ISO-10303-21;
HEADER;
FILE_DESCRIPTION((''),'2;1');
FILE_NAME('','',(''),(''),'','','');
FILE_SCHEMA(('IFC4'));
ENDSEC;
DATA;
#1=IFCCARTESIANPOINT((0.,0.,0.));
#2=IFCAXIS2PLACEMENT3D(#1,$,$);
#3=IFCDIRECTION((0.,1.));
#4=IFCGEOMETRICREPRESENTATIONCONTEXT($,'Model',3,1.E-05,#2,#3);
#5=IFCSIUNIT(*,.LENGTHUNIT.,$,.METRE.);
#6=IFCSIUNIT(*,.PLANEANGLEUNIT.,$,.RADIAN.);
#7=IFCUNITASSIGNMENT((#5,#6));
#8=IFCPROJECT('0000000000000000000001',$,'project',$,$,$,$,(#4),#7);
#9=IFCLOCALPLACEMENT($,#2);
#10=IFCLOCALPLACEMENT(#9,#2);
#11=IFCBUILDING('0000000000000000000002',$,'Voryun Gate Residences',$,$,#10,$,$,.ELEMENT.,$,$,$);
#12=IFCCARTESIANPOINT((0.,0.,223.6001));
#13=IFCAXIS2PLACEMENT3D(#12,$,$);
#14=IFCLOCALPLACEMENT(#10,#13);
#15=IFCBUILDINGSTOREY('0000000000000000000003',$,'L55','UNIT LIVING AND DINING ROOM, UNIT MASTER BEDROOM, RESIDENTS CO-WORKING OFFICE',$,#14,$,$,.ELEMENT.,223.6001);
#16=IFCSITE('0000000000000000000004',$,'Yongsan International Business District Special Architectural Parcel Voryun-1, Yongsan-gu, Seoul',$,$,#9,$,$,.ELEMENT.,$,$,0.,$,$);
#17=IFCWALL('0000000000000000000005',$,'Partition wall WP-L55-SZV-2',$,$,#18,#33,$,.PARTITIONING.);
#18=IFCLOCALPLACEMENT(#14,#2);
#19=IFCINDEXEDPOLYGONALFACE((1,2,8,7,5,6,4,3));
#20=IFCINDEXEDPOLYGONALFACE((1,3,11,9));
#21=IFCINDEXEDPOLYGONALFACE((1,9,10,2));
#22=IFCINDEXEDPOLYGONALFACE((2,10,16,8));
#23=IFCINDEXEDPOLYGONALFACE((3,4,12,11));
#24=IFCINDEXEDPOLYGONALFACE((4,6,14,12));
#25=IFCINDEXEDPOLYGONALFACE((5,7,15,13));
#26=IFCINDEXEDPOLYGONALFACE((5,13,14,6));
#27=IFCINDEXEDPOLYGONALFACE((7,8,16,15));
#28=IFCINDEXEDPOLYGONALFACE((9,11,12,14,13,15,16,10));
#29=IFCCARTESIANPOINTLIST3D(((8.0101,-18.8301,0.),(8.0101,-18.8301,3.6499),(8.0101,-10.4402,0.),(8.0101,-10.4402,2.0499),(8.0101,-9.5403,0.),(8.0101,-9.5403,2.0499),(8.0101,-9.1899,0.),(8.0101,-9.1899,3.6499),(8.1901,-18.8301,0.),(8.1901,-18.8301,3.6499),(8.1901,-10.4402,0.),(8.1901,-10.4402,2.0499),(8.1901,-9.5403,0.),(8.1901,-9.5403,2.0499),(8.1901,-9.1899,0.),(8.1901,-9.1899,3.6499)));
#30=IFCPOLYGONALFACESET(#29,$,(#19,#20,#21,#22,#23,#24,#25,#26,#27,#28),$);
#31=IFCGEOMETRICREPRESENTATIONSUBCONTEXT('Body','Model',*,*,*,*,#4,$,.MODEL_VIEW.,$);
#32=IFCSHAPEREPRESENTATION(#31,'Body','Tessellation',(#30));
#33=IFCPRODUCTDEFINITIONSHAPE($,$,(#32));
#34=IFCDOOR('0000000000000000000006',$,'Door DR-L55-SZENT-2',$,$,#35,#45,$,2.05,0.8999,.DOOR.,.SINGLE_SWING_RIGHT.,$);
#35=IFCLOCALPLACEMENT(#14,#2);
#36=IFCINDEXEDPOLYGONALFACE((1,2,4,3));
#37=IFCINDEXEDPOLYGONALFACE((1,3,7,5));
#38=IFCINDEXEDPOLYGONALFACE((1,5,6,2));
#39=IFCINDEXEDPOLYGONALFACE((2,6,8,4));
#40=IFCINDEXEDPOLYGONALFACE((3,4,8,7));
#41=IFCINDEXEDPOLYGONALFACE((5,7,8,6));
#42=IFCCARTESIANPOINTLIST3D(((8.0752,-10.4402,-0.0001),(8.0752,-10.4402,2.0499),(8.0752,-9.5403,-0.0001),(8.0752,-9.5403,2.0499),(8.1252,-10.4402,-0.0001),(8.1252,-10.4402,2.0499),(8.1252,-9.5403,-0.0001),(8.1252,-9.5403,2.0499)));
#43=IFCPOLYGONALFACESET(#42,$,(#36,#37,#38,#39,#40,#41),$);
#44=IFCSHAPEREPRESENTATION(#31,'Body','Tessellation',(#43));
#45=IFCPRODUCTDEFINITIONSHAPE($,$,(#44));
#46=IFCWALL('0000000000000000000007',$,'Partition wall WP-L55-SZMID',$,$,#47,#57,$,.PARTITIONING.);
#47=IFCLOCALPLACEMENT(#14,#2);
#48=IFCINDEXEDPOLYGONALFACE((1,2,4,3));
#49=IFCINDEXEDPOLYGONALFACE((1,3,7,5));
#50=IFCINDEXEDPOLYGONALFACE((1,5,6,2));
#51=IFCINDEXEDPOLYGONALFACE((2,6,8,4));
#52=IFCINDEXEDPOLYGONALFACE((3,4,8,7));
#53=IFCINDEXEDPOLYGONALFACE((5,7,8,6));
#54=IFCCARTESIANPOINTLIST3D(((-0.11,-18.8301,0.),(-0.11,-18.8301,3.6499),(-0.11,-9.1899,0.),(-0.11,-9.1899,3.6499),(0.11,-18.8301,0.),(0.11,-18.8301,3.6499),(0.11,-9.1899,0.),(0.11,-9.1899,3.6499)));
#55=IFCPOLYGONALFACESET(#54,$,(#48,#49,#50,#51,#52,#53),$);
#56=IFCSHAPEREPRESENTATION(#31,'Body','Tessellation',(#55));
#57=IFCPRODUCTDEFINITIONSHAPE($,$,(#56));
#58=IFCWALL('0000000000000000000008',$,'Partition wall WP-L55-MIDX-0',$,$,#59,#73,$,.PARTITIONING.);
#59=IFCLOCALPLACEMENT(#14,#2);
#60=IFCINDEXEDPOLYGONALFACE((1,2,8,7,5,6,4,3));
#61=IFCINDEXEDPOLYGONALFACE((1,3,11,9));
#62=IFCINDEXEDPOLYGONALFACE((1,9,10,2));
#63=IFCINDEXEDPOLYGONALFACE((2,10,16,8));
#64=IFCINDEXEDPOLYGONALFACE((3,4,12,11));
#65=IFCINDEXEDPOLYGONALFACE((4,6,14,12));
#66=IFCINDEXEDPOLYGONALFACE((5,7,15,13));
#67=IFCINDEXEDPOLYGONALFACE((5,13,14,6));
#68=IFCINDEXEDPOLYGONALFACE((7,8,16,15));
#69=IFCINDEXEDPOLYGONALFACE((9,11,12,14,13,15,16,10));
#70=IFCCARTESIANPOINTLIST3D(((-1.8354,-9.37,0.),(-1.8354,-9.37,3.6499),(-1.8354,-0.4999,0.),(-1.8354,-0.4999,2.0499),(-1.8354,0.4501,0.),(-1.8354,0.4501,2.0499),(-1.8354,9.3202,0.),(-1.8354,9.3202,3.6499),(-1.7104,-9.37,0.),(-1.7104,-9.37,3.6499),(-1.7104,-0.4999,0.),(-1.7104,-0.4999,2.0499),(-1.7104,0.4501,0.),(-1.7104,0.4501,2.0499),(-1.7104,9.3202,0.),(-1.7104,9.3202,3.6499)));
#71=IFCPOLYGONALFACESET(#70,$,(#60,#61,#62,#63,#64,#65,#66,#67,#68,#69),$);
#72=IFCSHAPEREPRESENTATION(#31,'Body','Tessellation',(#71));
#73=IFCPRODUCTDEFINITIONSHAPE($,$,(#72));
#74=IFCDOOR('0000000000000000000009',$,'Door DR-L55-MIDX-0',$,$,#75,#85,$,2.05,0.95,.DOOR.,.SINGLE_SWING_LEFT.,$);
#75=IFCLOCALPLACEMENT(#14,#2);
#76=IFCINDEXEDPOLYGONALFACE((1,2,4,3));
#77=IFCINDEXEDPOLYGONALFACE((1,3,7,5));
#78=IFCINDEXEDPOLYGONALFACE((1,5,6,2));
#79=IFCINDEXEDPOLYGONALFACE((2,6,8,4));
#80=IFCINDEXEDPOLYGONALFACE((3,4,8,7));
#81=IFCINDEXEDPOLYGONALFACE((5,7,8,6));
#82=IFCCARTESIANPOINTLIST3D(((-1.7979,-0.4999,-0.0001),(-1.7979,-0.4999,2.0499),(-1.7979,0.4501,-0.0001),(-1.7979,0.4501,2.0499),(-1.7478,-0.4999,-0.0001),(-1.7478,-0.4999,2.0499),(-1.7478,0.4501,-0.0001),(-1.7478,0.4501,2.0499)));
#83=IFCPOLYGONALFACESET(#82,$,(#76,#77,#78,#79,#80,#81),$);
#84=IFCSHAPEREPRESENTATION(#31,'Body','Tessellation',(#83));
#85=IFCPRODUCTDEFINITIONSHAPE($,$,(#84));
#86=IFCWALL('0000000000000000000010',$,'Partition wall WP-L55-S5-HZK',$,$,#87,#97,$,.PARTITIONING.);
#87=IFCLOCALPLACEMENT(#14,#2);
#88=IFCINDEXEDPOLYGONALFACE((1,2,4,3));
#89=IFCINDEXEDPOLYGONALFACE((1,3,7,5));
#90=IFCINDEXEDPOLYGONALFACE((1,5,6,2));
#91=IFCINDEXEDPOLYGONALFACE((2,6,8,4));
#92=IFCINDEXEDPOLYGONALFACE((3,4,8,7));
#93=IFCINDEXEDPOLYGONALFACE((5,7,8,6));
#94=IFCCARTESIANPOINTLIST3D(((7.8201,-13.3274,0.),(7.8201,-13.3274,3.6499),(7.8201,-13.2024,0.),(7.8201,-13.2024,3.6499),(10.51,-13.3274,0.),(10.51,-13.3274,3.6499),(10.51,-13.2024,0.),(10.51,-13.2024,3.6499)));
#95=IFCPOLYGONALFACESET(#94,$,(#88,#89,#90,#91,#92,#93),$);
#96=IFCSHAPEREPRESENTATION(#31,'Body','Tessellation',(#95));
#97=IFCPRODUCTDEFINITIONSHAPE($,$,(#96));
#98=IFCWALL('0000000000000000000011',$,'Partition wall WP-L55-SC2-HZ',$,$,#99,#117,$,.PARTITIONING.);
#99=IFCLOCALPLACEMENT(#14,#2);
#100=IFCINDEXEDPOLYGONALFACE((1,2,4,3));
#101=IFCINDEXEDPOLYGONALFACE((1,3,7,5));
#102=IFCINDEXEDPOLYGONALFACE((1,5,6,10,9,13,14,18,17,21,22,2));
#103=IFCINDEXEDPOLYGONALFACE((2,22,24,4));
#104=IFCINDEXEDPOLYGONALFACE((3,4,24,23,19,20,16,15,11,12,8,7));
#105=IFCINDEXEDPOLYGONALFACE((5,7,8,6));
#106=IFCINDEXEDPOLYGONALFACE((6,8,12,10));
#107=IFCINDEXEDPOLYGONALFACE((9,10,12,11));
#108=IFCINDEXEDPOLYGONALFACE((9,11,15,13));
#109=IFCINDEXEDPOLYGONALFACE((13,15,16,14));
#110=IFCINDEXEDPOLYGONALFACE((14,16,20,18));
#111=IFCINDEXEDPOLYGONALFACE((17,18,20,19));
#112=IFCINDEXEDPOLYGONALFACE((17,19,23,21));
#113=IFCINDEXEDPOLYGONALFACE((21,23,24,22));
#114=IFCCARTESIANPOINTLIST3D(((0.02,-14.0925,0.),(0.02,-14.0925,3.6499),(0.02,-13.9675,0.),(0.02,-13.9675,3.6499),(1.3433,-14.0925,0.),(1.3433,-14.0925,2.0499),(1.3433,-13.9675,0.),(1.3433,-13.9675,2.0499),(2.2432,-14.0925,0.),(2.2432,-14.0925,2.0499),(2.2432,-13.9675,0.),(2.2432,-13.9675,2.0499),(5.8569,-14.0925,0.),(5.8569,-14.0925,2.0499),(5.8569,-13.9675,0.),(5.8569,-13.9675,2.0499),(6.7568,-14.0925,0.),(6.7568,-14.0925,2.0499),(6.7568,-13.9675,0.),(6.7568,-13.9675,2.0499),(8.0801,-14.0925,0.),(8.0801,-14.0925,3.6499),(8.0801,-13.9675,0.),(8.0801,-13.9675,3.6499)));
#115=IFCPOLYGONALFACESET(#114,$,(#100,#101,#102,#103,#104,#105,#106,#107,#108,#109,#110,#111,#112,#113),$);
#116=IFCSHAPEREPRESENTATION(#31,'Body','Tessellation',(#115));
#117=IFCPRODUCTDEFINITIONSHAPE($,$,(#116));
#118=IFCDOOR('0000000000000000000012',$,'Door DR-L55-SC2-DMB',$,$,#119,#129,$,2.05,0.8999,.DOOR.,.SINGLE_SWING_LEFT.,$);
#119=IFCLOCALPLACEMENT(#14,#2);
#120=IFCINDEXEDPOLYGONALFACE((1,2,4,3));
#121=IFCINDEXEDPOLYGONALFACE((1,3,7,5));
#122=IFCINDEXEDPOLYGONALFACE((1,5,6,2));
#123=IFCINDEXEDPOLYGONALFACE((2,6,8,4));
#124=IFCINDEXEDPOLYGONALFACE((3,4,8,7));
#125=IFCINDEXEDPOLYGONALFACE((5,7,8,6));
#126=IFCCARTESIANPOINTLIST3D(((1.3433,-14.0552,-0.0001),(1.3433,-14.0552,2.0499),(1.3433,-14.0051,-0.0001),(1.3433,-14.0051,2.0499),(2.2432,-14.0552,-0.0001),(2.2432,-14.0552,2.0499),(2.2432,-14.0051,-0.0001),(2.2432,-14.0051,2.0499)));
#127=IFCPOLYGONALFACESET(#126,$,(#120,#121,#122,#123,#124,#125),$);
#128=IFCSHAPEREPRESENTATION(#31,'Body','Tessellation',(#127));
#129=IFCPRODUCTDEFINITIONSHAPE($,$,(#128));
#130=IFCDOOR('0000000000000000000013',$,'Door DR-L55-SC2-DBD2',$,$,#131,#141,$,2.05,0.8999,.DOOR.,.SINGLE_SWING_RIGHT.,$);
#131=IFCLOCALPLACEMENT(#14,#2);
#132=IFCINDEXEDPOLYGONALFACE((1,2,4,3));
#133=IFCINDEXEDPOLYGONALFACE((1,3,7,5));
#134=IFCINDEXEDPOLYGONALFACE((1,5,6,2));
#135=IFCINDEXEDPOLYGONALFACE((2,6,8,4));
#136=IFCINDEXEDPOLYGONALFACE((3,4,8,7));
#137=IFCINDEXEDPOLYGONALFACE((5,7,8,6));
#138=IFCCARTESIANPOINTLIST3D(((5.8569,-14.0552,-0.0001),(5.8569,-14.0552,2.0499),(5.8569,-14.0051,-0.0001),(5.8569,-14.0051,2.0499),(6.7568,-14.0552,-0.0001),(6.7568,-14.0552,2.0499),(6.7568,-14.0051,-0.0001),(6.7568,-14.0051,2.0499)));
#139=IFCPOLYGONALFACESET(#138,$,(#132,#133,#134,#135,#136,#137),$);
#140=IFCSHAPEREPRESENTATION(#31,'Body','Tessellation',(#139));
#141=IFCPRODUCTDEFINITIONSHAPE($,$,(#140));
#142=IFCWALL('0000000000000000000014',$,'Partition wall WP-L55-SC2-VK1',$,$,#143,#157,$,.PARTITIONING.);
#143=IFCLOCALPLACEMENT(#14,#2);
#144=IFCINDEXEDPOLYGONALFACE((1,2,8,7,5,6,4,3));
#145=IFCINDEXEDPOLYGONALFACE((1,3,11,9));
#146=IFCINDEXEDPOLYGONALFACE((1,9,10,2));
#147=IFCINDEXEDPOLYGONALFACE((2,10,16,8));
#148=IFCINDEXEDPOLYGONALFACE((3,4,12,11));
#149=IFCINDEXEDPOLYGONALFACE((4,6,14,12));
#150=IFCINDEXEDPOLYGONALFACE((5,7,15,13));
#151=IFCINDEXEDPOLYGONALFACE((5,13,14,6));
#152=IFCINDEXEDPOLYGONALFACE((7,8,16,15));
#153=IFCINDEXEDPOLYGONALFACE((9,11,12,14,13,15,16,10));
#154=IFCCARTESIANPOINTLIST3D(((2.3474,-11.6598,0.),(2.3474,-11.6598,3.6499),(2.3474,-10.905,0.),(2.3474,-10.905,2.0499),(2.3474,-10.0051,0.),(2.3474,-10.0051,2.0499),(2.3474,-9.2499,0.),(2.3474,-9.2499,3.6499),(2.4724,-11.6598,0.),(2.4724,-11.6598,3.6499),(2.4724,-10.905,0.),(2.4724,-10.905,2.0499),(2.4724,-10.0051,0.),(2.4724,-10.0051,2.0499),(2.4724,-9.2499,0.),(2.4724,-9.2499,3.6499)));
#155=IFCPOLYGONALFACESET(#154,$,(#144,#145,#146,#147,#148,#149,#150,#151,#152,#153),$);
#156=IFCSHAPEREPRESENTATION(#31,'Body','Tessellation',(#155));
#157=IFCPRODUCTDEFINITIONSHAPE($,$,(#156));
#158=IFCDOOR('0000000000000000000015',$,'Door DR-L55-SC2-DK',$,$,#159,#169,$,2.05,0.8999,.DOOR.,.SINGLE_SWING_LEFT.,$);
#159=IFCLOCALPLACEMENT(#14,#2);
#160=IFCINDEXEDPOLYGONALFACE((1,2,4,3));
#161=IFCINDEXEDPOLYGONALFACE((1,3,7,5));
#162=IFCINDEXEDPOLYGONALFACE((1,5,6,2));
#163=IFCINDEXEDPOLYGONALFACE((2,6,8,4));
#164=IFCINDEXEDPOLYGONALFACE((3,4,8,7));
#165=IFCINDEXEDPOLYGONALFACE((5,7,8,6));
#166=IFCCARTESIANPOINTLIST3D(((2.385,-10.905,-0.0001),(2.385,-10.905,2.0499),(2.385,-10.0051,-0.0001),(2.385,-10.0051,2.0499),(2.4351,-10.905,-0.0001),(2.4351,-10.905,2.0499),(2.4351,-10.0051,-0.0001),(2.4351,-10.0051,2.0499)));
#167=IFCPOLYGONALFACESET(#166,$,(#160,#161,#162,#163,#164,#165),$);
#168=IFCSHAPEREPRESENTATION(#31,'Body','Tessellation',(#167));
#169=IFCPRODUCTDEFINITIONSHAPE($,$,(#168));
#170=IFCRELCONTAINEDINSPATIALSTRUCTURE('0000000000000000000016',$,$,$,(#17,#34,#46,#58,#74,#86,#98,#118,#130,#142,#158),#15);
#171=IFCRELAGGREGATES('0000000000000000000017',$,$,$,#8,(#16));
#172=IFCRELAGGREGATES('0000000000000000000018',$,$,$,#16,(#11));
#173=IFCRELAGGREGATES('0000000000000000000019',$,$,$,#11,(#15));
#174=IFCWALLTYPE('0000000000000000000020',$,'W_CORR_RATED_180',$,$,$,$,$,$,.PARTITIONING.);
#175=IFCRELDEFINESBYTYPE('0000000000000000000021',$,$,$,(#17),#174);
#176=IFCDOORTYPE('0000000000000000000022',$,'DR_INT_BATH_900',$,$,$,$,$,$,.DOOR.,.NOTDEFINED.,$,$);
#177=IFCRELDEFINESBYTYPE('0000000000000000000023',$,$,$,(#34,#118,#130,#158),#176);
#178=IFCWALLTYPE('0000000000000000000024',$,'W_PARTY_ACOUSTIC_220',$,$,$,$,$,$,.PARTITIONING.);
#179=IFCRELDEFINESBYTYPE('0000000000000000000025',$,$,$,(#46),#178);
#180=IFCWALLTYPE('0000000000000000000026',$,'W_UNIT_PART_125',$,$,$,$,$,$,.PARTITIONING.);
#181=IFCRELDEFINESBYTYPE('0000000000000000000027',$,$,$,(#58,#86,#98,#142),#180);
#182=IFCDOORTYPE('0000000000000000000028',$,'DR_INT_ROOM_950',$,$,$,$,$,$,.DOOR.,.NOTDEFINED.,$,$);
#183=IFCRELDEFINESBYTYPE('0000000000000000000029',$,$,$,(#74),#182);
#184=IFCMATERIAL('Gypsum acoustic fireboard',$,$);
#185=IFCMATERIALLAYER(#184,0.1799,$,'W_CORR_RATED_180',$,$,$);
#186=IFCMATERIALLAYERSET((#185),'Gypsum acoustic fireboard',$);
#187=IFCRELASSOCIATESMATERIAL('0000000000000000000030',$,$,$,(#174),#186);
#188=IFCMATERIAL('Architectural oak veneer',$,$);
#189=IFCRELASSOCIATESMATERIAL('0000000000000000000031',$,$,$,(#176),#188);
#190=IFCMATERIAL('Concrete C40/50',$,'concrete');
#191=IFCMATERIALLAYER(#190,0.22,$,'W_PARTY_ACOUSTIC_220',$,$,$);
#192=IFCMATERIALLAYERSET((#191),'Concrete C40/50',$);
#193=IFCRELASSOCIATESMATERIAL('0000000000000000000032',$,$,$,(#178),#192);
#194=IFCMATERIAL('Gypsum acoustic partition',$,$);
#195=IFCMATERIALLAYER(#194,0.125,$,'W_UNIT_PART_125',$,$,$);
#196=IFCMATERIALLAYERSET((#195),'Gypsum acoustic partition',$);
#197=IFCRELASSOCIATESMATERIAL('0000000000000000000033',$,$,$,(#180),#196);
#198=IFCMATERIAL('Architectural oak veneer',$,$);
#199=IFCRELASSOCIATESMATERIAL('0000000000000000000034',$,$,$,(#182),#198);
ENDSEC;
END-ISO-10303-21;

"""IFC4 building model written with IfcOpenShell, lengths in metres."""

from ifc_helpers import new_model, si_unit, direction, frame, frame_2d, origin, place, context, subcontext, project, spatial, rectangle, extrude, material, layer, layer_set, type_object, element, fill, save


model = new_model("IFC4")

# Units and contexts
model_context = context("Model", 3, precision=1e-05, world=origin(), true_north=direction((0.0, 1.0)))
body_context = subcontext(model_context, "Body", "Model", "MODEL_VIEW")
ifc_project = project(units=[si_unit("LENGTHUNIT", "METRE"), si_unit("PLANEANGLEUNIT", "RADIAN")], contexts=[model_context])

# Site, building, storey
site_placement = place(None, origin())
site = spatial("IfcSite", under=ifc_project, at=site_placement, Name="Yongsan International Business District Special Architectural Parcel Voryun-1, Yongsan-gu, Seoul", CompositionType="ELEMENT", RefElevation=0.0)
building_placement = place(site_placement, origin())
building = spatial("IfcBuilding", under=site, at=building_placement, Name="Voryun Gate Residences", CompositionType="ELEMENT")
storey_placement = place(building_placement, frame((0.0, 0.0, 223.6001)))
storey = spatial("IfcBuildingStorey", under=building, at=storey_placement, Name="L55", Description="UNIT LIVING AND DINING ROOM, UNIT MASTER BEDROOM, RESIDENTS CO-WORKING OFFICE", CompositionType="ELEMENT", Elevation=223.6001)

# Shared definitions
ifc_material_1 = material(Name="Gypsum acoustic fireboard")
ifc_layer_1 = layer(ifc_material_1, 0.1799, Name="W_CORR_RATED_180")
ifc_layer_set_1 = layer_set([ifc_layer_1], Name="Gypsum acoustic fireboard")
wall_type_1 = type_object("IfcWallType", Name="W_CORR_RATED_180", PredefinedType="PARTITIONING", material=ifc_layer_set_1)

# Wall, opening, door
wall_1_placement = place(storey_placement, frame((8.1001, -18.8301, 0.0), z_axis=(0.0, 0.0, 1.0), x_axis=(0.0, 1.0, 0.0)))
wall_1 = element("IfcWall", 1, at=wall_1_placement, inside=storey, type_object=wall_type_1, Name="Partition wall WP-L55-SZV-2", PredefinedType="PARTITIONING", context=body_context, shape_type="SweptSolid", body=[
    extrude(rectangle(XDim=9.6401, YDim=0.1799, at=frame_2d((4.8201, 0.0))), origin(), (0.0, 0.0, 1.0), 3.6499),
])
opening_1_placement = place(wall_1_placement, frame((8.3899, 0.0, 0.0)))
opening_1 = element("IfcOpeningElement", 2, at=opening_1_placement, cuts=wall_1, PredefinedType="OPENING", context=body_context, shape_type="SweptSolid", body=[
    extrude(rectangle(XDim=0.8999, YDim=2.05, at=frame_2d((0.45, 1.0249))), frame((0.0, 0.0999, 0.0), z_axis=(0.0, -1.0, 0.0), x_axis=(1.0, 0.0, 0.0)), (0.0, 0.0, 1.0), 0.2),
])
ifc_material_2 = material(Name="Architectural oak veneer")
door_type_1 = type_object("IfcDoorType", Name="DR_INT_BATH_900", OperationType="NOTDEFINED", PredefinedType="DOOR", material=ifc_material_2)
door_1_placement = place(opening_1_placement, origin())
door_1 = element("IfcDoor", 3, at=door_1_placement, inside=storey, type_object=door_type_1, Name="Door DR-L55-SZENT-2", OperationType="SINGLE_SWING_RIGHT", OverallHeight=2.05, OverallWidth=0.8999, PredefinedType="DOOR", context=body_context, shape_type="SweptSolid", body=[
    extrude(rectangle(XDim=0.8999, YDim=2.05, at=frame_2d((0.45, 1.0249))), frame((0.0, 0.0249, 0.0), z_axis=(0.0, -1.0, 0.0), x_axis=(1.0, 0.0, 0.0)), (0.0, 0.0, 1.0), 0.05),
])
fill(opening_1, door_1)

# Wall
ifc_material_3 = material(Name="Concrete C40/50", Category="concrete")
ifc_layer_2 = layer(ifc_material_3, 0.22, Name="W_PARTY_ACOUSTIC_220")
ifc_layer_set_2 = layer_set([ifc_layer_2], Name="Concrete C40/50")
wall_type_2 = type_object("IfcWallType", Name="W_PARTY_ACOUSTIC_220", PredefinedType="PARTITIONING", material=ifc_layer_set_2)
wall_2_placement = place(storey_placement, frame((0.0, -18.8301, 0.0), z_axis=(0.0, 0.0, 1.0), x_axis=(0.0, 1.0, 0.0)))
element("IfcWall", 4, at=wall_2_placement, inside=storey, type_object=wall_type_2, Name="Partition wall WP-L55-SZMID", PredefinedType="PARTITIONING", context=body_context, shape_type="SweptSolid", body=[
    extrude(rectangle(XDim=9.6401, YDim=0.22, at=frame_2d((4.8201, 0.0))), origin(), (0.0, 0.0, 1.0), 3.6499),
])

# Wall, opening, door
ifc_material_4 = material(Name="Gypsum acoustic partition")
ifc_layer_3 = layer(ifc_material_4, 0.125, Name="W_UNIT_PART_125")
ifc_layer_set_3 = layer_set([ifc_layer_3], Name="Gypsum acoustic partition")
wall_type_3 = type_object("IfcWallType", Name="W_UNIT_PART_125", PredefinedType="PARTITIONING", material=ifc_layer_set_3)
wall_3_placement = place(storey_placement, frame((-1.7729, -9.3701, 0.0), z_axis=(0.0, 0.0, 1.0), x_axis=(0.0, 1.0, 0.0)))
wall_3 = element("IfcWall", 5, at=wall_3_placement, inside=storey, type_object=wall_type_3, Name="Partition wall WP-L55-MIDX-0", PredefinedType="PARTITIONING", context=body_context, shape_type="SweptSolid", body=[
    extrude(rectangle(XDim=18.6902, YDim=0.125, at=frame_2d((9.3452, 0.0))), origin(), (0.0, 0.0, 1.0), 3.6499),
])
opening_2_placement = place(wall_3_placement, frame((8.8701, 0.0, 0.0)))
opening_2 = element("IfcOpeningElement", 6, at=opening_2_placement, cuts=wall_3, PredefinedType="OPENING", context=body_context, shape_type="SweptSolid", body=[
    extrude(rectangle(XDim=0.95, YDim=2.05, at=frame_2d((0.4751, 1.0249))), frame((0.0, 0.0725, 0.0), z_axis=(0.0, -1.0, 0.0), x_axis=(1.0, 0.0, 0.0)), (0.0, 0.0, 1.0), 0.145),
])
ifc_material_5 = material(Name="Architectural oak veneer")
door_type_2 = type_object("IfcDoorType", Name="DR_INT_ROOM_950", OperationType="NOTDEFINED", PredefinedType="DOOR", material=ifc_material_5)
door_2_placement = place(opening_2_placement, origin())
door_2 = element("IfcDoor", 7, at=door_2_placement, inside=storey, type_object=door_type_2, Name="Door DR-L55-MIDX-0", OperationType="SINGLE_SWING_LEFT", OverallHeight=2.05, OverallWidth=0.95, PredefinedType="DOOR", context=body_context, shape_type="SweptSolid", body=[
    extrude(rectangle(XDim=0.95, YDim=2.05, at=frame_2d((0.4751, 1.0249))), frame((0.0, 0.0249, 0.0), z_axis=(0.0, -1.0, 0.0), x_axis=(1.0, 0.0, 0.0)), (0.0, 0.0, 1.0), 0.05),
])
fill(opening_2, door_2)

# Wall
wall_4_placement = place(storey_placement, frame((7.8201, -13.2649, 0.0), z_axis=(0.0, 0.0, 1.0), x_axis=(1.0, 0.0, 0.0)))
element("IfcWall", 8, at=wall_4_placement, inside=storey, type_object=wall_type_3, Name="Partition wall WP-L55-S5-HZK", PredefinedType="PARTITIONING", context=body_context, shape_type="SweptSolid", body=[
    extrude(rectangle(XDim=2.6899, YDim=0.125, at=frame_2d((1.345, 0.0))), origin(), (0.0, 0.0, 1.0), 3.6499),
])

# Wall, openings, doors
wall_5_placement = place(storey_placement, frame((0.02, -14.03, 0.0), z_axis=(0.0, 0.0, 1.0), x_axis=(1.0, 0.0, 0.0)))
wall_5 = element("IfcWall", 9, at=wall_5_placement, inside=storey, type_object=wall_type_3, Name="Partition wall WP-L55-SC2-HZ", PredefinedType="PARTITIONING", context=body_context, shape_type="SweptSolid", body=[
    extrude(rectangle(XDim=8.0601, YDim=0.125, at=frame_2d((4.03, 0.0))), origin(), (0.0, 0.0, 1.0), 3.6499),
])
opening_3_placement = place(wall_5_placement, frame((1.3232, 0.0, 0.0)))
opening_3 = element("IfcOpeningElement", 10, at=opening_3_placement, cuts=wall_5, PredefinedType="OPENING", context=body_context, shape_type="SweptSolid", body=[
    extrude(rectangle(XDim=0.8999, YDim=2.05, at=frame_2d((0.45, 1.0249))), frame((0.0, 0.0725, 0.0), z_axis=(0.0, -1.0, 0.0), x_axis=(1.0, 0.0, 0.0)), (0.0, 0.0, 1.0), 0.145),
])
opening_4_placement = place(wall_5_placement, frame((5.8369, 0.0, 0.0)))
opening_4 = element("IfcOpeningElement", 11, at=opening_4_placement, cuts=wall_5, PredefinedType="OPENING", context=body_context, shape_type="SweptSolid", body=[
    extrude(rectangle(XDim=0.8999, YDim=2.05, at=frame_2d((0.45, 1.0249))), frame((0.0, 0.0725, 0.0), z_axis=(0.0, -1.0, 0.0), x_axis=(1.0, 0.0, 0.0)), (0.0, 0.0, 1.0), 0.145),
])
door_3_placement = place(opening_3_placement, origin())
door_3 = element("IfcDoor", 12, at=door_3_placement, inside=storey, type_object=door_type_1, Name="Door DR-L55-SC2-DMB", OperationType="SINGLE_SWING_LEFT", OverallHeight=2.05, OverallWidth=0.8999, PredefinedType="DOOR", context=body_context, shape_type="SweptSolid", body=[
    extrude(rectangle(XDim=0.8999, YDim=2.05, at=frame_2d((0.45, 1.0249))), frame((0.0, 0.0249, 0.0), z_axis=(0.0, -1.0, 0.0), x_axis=(1.0, 0.0, 0.0)), (0.0, 0.0, 1.0), 0.05),
])
fill(opening_3, door_3)
door_4_placement = place(opening_4_placement, origin())
door_4 = element("IfcDoor", 13, at=door_4_placement, inside=storey, type_object=door_type_1, Name="Door DR-L55-SC2-DBD2", OperationType="SINGLE_SWING_RIGHT", OverallHeight=2.05, OverallWidth=0.8999, PredefinedType="DOOR", context=body_context, shape_type="SweptSolid", body=[
    extrude(rectangle(XDim=0.8999, YDim=2.05, at=frame_2d((0.45, 1.0249))), frame((0.0, 0.0249, 0.0), z_axis=(0.0, -1.0, 0.0), x_axis=(1.0, 0.0, 0.0)), (0.0, 0.0, 1.0), 0.05),
])
fill(opening_4, door_4)

# Wall, opening, door
wall_6_placement = place(storey_placement, frame((2.4099, -11.6599, 0.0), z_axis=(0.0, 0.0, 1.0), x_axis=(0.0, 1.0, 0.0)))
wall_6 = element("IfcWall", 14, at=wall_6_placement, inside=storey, type_object=wall_type_3, Name="Partition wall WP-L55-SC2-VK1", PredefinedType="PARTITIONING", context=body_context, shape_type="SweptSolid", body=[
    extrude(rectangle(XDim=2.4099, YDim=0.125, at=frame_2d((1.2051, 0.0))), origin(), (0.0, 0.0, 1.0), 3.6499),
])
opening_5_placement = place(wall_6_placement, frame((0.7549, 0.0, 0.0)))
opening_5 = element("IfcOpeningElement", 15, at=opening_5_placement, cuts=wall_6, PredefinedType="OPENING", context=body_context, shape_type="SweptSolid", body=[
    extrude(rectangle(XDim=0.8999, YDim=2.05, at=frame_2d((0.45, 1.0249))), frame((0.0, 0.0725, 0.0), z_axis=(0.0, -1.0, 0.0), x_axis=(1.0, 0.0, 0.0)), (0.0, 0.0, 1.0), 0.145),
])
door_5_placement = place(opening_5_placement, origin())
door_5 = element("IfcDoor", 16, at=door_5_placement, inside=storey, type_object=door_type_1, Name="Door DR-L55-SC2-DK", OperationType="SINGLE_SWING_LEFT", OverallHeight=2.05, OverallWidth=0.8999, PredefinedType="DOOR", context=body_context, shape_type="SweptSolid", body=[
    extrude(rectangle(XDim=0.8999, YDim=2.05, at=frame_2d((0.45, 1.0249))), frame((0.0, 0.0249, 0.0), z_axis=(0.0, -1.0, 0.0), x_axis=(1.0, 0.0, 0.0)), (0.0, 0.0, 1.0), 0.05),
])
fill(opening_5, door_5)

save(model, "model.ifc")
